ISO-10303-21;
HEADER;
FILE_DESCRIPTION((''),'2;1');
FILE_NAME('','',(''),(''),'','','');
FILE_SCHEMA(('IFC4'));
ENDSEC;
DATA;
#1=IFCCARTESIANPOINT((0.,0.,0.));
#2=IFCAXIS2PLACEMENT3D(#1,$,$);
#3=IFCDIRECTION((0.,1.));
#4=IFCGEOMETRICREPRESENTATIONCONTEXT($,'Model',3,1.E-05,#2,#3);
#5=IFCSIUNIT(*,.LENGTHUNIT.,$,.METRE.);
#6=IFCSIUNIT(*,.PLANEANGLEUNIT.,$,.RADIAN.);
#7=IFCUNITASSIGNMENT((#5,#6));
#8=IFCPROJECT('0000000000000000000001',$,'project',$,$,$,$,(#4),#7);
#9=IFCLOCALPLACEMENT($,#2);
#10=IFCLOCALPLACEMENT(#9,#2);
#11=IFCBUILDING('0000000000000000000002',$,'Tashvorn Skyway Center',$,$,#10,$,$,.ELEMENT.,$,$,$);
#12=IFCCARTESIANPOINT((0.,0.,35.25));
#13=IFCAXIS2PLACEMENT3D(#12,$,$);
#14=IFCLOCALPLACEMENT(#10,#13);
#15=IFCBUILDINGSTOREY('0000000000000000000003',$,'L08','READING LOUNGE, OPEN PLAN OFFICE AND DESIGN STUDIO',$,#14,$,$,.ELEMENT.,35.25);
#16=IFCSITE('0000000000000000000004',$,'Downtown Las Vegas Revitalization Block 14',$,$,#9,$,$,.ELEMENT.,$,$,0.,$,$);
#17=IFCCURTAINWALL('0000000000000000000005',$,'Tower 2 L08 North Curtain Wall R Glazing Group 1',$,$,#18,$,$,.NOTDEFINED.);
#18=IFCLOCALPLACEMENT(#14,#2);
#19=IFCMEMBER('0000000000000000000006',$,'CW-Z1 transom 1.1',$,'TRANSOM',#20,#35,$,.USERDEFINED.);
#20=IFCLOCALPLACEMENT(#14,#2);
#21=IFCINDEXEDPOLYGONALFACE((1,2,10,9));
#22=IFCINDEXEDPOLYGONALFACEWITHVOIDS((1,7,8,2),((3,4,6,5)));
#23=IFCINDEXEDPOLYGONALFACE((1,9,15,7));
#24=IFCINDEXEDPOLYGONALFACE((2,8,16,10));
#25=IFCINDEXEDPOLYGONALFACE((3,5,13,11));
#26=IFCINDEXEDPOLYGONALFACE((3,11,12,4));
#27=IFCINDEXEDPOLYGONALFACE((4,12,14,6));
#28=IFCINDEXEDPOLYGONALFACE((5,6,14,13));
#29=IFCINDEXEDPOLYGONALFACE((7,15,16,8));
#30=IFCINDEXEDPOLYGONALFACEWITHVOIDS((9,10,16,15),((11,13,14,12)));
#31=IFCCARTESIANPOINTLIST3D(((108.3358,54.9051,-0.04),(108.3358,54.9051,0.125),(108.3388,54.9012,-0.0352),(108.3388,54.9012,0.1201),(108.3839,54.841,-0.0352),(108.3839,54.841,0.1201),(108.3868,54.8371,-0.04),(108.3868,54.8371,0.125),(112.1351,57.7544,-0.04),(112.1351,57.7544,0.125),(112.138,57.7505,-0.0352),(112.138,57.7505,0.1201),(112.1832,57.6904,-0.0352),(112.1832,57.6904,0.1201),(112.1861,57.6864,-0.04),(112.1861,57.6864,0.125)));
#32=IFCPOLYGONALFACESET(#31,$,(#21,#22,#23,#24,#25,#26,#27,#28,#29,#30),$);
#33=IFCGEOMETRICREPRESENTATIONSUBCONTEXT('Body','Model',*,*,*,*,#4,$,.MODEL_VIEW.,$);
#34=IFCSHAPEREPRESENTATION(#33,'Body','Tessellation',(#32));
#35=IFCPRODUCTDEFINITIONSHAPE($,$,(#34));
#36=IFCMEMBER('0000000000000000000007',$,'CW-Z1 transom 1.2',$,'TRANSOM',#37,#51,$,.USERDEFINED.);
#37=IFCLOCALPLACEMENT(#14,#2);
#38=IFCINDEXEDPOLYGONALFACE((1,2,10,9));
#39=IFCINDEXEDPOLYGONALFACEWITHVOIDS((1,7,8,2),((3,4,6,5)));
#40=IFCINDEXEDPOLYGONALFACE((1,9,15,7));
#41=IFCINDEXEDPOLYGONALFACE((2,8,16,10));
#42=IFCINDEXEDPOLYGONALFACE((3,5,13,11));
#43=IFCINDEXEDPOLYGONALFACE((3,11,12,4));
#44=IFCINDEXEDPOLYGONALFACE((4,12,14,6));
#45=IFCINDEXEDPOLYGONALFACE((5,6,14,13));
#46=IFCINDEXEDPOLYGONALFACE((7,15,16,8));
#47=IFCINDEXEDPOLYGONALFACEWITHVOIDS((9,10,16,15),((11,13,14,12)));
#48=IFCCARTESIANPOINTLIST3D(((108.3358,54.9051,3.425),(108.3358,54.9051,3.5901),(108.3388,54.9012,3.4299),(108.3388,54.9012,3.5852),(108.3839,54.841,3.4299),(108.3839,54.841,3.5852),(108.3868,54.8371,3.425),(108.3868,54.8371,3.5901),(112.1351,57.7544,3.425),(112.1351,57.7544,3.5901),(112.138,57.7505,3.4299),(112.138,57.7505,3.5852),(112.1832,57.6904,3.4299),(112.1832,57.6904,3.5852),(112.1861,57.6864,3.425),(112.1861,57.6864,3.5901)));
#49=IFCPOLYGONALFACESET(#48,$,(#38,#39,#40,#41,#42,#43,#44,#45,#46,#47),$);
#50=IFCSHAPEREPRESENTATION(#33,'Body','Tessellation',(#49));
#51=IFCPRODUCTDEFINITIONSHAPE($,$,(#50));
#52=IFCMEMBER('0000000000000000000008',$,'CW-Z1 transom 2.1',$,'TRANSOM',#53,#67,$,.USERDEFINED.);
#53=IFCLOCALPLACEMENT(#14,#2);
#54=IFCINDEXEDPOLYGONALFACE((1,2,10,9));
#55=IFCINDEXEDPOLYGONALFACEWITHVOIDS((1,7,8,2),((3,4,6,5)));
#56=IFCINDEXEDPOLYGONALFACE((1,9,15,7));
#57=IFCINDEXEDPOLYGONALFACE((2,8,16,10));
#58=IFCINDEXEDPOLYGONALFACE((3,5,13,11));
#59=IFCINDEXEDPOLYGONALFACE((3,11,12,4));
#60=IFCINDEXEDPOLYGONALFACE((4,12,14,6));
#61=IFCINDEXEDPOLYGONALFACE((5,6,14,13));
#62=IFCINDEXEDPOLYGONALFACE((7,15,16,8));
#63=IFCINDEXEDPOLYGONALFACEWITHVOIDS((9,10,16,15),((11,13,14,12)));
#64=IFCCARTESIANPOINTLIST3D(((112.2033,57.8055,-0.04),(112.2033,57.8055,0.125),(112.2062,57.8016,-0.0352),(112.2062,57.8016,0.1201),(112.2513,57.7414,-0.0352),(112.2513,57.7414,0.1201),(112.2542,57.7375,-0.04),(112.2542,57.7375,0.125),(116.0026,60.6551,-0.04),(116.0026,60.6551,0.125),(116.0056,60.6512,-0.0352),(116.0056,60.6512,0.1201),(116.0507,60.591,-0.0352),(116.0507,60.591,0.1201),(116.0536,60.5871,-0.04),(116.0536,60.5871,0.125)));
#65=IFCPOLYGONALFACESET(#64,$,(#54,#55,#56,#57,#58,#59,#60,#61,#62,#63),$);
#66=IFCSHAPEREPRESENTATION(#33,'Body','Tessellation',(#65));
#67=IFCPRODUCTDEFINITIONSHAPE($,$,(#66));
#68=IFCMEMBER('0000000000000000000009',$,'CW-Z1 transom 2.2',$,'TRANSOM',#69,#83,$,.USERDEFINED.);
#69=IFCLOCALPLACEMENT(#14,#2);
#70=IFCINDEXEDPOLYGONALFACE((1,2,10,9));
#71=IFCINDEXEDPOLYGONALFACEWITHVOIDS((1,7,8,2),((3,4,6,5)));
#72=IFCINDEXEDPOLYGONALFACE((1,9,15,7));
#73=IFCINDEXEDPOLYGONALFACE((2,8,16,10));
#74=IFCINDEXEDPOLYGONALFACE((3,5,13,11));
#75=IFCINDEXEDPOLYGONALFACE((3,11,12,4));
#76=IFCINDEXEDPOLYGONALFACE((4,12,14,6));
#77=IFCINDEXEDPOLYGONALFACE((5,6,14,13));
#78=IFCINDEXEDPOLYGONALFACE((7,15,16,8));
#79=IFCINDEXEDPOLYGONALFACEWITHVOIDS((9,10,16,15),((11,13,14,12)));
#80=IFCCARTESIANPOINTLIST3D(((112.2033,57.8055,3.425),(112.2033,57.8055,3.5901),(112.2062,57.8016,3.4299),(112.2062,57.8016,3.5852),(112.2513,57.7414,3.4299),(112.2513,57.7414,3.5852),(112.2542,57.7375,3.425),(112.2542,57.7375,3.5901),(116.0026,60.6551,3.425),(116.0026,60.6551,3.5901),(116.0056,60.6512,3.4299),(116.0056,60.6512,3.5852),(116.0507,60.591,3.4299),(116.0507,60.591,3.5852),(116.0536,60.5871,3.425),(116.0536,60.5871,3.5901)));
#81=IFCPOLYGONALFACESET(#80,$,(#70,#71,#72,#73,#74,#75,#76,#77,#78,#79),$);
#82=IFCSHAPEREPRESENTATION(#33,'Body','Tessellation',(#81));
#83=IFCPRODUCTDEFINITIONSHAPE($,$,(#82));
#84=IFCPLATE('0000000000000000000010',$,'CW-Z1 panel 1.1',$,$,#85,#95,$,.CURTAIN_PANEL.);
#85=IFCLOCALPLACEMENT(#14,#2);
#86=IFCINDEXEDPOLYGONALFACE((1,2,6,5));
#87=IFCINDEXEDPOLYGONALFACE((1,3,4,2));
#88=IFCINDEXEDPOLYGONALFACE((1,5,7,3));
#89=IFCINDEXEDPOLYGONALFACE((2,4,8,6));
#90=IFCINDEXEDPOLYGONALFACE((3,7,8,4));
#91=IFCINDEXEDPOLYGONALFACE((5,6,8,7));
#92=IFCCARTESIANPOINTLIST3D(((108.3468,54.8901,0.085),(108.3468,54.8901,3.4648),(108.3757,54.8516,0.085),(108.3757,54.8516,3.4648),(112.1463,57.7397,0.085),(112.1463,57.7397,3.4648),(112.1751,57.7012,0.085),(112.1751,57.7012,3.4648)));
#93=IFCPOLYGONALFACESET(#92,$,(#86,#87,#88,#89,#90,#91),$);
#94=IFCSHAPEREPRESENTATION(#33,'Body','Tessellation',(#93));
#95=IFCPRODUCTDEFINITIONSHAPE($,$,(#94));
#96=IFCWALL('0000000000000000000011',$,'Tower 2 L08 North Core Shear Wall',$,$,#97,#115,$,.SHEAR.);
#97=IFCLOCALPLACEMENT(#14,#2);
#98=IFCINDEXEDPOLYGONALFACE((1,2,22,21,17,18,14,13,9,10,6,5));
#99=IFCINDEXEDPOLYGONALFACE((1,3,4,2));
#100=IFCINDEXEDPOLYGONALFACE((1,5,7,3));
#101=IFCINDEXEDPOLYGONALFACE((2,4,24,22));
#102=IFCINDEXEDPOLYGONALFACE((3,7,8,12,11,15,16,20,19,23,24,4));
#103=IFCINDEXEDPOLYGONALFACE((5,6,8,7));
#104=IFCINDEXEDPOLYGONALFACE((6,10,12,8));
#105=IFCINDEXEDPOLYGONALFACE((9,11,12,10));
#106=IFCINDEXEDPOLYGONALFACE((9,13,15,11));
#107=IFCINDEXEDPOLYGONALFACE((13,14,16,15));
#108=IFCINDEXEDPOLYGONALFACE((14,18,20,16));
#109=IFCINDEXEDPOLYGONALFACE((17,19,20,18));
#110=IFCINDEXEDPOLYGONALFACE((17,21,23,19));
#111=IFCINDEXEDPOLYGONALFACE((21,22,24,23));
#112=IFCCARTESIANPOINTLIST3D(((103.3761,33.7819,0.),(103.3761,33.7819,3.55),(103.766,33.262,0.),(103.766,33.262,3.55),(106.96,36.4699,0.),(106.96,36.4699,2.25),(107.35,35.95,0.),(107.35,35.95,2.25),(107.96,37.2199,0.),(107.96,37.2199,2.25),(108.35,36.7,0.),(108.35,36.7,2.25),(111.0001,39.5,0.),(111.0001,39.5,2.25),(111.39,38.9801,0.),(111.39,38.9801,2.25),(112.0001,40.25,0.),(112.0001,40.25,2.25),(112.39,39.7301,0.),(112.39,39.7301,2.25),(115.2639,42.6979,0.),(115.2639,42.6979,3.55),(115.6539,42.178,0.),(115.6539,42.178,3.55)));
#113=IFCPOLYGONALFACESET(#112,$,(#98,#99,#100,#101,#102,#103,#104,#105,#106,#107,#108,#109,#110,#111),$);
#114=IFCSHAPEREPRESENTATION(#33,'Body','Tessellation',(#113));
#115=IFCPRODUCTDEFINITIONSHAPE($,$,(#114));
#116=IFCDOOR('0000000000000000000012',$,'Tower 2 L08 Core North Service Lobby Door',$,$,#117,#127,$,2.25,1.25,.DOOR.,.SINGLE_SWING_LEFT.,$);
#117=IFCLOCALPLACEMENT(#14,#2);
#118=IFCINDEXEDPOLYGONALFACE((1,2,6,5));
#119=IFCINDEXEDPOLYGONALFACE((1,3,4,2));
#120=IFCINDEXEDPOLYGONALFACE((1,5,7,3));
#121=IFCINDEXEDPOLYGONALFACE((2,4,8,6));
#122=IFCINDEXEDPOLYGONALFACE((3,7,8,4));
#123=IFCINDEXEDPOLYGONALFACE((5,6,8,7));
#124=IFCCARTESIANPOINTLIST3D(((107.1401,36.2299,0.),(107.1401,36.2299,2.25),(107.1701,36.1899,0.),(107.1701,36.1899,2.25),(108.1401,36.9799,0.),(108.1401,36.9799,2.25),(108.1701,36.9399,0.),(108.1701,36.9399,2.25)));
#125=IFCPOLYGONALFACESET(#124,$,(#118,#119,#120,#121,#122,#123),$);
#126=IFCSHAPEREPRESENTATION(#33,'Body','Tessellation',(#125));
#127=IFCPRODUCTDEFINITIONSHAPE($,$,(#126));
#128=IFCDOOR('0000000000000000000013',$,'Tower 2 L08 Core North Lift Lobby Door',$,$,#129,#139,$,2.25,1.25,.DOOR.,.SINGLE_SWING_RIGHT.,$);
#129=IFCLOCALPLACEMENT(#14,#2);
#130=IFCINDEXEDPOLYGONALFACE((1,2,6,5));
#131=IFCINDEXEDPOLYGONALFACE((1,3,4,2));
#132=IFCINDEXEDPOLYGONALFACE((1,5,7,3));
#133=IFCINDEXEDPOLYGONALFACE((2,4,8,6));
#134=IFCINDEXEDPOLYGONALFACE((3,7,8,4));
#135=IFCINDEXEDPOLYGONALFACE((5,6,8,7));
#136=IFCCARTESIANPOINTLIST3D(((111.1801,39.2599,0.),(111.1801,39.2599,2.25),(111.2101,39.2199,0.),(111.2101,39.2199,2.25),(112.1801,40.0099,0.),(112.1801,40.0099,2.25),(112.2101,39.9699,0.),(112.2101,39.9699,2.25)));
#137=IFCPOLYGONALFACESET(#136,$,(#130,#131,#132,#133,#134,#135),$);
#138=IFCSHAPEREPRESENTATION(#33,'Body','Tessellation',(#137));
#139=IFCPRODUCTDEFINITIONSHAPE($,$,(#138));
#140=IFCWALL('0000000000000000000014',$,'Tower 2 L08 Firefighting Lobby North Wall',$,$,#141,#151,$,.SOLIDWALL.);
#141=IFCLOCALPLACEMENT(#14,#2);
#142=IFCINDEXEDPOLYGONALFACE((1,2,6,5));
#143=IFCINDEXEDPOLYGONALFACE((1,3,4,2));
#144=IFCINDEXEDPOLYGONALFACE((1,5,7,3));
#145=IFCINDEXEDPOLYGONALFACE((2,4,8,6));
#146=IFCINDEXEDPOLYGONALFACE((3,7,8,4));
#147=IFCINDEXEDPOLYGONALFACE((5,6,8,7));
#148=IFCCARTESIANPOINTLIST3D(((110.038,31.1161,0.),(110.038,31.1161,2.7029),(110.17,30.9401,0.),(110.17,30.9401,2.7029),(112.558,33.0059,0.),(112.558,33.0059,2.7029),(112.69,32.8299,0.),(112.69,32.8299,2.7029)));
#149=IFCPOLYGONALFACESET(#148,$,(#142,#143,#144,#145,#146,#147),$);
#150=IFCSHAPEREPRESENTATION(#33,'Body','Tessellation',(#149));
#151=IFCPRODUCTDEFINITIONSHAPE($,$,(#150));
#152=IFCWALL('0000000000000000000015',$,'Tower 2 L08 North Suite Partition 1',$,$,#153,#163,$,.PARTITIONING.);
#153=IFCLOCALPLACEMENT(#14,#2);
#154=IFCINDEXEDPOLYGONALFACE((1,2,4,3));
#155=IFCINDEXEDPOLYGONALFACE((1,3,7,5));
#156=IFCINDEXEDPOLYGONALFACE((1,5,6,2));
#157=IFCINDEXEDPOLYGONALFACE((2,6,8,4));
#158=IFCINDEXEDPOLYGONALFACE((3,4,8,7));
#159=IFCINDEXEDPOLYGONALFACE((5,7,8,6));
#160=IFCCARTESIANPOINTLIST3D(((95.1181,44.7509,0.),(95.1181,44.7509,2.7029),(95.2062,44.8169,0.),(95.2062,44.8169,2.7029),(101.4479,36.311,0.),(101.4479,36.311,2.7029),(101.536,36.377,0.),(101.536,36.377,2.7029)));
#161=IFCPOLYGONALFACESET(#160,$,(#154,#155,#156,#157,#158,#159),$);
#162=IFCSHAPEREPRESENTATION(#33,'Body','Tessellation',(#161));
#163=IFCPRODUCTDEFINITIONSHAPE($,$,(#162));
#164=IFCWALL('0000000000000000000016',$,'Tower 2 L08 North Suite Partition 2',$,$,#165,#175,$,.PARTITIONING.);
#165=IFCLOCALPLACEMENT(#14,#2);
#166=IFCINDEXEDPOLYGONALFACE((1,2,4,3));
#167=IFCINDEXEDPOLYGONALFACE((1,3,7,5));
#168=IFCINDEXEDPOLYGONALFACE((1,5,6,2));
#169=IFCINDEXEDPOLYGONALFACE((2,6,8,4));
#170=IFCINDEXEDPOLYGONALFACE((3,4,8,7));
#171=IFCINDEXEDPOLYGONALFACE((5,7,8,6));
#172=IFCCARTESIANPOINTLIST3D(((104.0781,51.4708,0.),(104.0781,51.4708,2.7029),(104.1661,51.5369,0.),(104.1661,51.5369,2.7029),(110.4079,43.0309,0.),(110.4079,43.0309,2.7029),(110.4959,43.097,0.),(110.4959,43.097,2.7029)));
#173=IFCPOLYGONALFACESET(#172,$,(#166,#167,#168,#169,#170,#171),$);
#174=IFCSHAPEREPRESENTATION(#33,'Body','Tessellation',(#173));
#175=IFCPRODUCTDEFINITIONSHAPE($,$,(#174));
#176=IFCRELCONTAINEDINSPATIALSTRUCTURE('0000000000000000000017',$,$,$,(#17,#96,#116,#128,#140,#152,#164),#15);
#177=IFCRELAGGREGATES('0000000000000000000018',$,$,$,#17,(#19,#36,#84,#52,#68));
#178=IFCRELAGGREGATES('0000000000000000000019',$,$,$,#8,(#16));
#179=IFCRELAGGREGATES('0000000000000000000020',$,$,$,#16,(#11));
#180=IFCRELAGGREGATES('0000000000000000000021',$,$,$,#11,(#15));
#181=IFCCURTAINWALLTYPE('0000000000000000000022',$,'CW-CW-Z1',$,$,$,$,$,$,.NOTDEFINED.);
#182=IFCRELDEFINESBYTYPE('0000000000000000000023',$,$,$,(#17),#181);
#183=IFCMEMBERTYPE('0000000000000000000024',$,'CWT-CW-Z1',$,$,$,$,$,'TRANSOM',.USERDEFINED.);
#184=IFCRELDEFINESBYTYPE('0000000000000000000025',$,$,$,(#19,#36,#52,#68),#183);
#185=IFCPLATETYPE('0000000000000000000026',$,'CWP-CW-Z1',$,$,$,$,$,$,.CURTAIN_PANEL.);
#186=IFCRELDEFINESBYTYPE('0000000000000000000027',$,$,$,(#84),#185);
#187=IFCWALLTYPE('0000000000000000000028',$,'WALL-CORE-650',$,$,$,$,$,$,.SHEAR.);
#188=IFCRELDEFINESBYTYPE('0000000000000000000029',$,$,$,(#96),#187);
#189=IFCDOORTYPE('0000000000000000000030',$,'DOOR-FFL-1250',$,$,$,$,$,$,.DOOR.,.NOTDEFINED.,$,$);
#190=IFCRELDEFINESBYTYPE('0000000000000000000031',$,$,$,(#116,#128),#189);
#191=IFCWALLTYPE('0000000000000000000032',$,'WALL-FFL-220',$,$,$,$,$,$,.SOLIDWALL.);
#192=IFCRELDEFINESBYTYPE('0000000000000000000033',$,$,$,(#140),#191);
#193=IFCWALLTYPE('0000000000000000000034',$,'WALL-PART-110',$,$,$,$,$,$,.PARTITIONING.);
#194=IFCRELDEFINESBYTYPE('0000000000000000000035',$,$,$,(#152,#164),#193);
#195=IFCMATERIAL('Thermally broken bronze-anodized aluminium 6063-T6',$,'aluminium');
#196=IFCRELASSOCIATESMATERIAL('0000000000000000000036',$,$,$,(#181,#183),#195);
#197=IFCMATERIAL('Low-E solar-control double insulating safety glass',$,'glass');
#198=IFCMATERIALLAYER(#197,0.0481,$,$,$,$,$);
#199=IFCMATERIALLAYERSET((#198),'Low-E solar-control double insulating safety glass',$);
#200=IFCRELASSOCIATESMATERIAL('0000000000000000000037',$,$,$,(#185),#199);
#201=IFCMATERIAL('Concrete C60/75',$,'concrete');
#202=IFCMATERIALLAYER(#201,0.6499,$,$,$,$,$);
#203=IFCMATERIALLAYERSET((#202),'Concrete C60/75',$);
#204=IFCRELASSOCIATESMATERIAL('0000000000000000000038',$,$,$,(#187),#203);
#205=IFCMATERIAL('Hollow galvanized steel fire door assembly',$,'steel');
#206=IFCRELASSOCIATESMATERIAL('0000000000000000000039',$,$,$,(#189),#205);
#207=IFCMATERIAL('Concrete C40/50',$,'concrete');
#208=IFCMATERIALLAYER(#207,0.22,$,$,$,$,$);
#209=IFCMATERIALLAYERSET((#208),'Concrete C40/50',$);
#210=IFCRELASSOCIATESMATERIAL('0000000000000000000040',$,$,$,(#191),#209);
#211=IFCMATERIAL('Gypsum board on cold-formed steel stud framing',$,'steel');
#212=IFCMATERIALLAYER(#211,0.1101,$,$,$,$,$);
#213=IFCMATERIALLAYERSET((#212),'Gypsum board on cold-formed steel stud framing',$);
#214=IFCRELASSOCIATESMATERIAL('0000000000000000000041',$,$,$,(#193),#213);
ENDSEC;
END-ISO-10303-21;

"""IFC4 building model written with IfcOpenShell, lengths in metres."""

from ifc_helpers import new_model, si_unit, direction, frame, frame_2d, origin, origin_2d, place, context, subcontext, project, spatial, rectangle, hollow_rectangle, extrude, material, layer, layer_set, material_profile, profile_set, type_object, element, fill, aggregate, save


model = new_model("IFC4")

# Units and contexts
model_context = context("Model", 3, precision=1e-05, world=origin(), true_north=direction((0.0, 1.0)))
body_context = subcontext(model_context, "Body", "Model", "MODEL_VIEW")
ifc_project = project(units=[si_unit("LENGTHUNIT", "METRE"), si_unit("PLANEANGLEUNIT", "RADIAN")], contexts=[model_context])

# Site, building, storey
site_placement = place(None, origin())
site = spatial("IfcSite", under=ifc_project, at=site_placement, Name="Downtown Las Vegas Revitalization Block 14", CompositionType="ELEMENT", RefElevation=0.0)
building_placement = place(site_placement, origin())
building = spatial("IfcBuilding", under=site, at=building_placement, Name="Tashvorn Skyway Center", CompositionType="ELEMENT")
storey_placement = place(building_placement, frame((0.0, 0.0, 35.25)))
storey = spatial("IfcBuildingStorey", under=building, at=storey_placement, Name="L08", Description="READING LOUNGE, OPEN PLAN OFFICE AND DESIGN STUDIO", CompositionType="ELEMENT", Elevation=35.25)

# Curtain wall, members, plate
ifc_material_1 = material(Name="Thermally broken bronze-anodized aluminium 6063-T6", Category="aluminium")
curtain_wall_type = type_object("IfcCurtainWallType", Name="CW-CW-Z1", PredefinedType="NOTDEFINED", material=ifc_material_1)
curtain_wall_placement = place(storey_placement, origin())
curtain_wall = element("IfcCurtainWall", 1, at=curtain_wall_placement, inside=storey, type_object=curtain_wall_type, Name="Tower 2 L08 North Curtain Wall R Glazing Group 1", PredefinedType="NOTDEFINED")
ifc_material_profile_1 = material_profile(ifc_material_1, hollow_rectangle(XDim=0.085, YDim=0.165, WallThickness=0.0049, at=origin_2d()), Name="ALU-TRAN-85x165")
ifc_profile_set_1 = profile_set([ifc_material_profile_1], Name="Thermally broken bronze-anodized aluminium 6063-T6")
member_type_1 = type_object("IfcMemberType", Name="CWT-CW-Z1", ElementType="TRANSOM", PredefinedType="USERDEFINED", material=ifc_profile_set_1)
member_1_placement = place(storey_placement, frame((108.3613, 54.8711, 0.0425), z_axis=(0.800012, 0.599984, 0.0), x_axis=(-0.599984, 0.800012, 0.0)))
member_1 = element("IfcMember", 2, at=member_1_placement, type_object=member_type_1, Name="CW-Z1 transom 1.1", ObjectType="TRANSOM", PredefinedType="USERDEFINED", context=body_context, shape_type="SweptSolid", body=[
    extrude(hollow_rectangle(XDim=0.085, YDim=0.165, WallThickness=0.0049, at=origin_2d()), origin(), (0.0, 0.0, 1.0), 4.749),
])
member_2_placement = place(storey_placement, frame((108.3613, 54.8711, 3.5076), z_axis=(0.800012, 0.599984, 0.0), x_axis=(-0.599984, 0.800012, 0.0)))
member_2 = element("IfcMember", 3, at=member_2_placement, type_object=member_type_1, Name="CW-Z1 transom 1.2", ObjectType="TRANSOM", PredefinedType="USERDEFINED", context=body_context, shape_type="SweptSolid", body=[
    extrude(hollow_rectangle(XDim=0.085, YDim=0.165, WallThickness=0.0049, at=origin_2d()), origin(), (0.0, 0.0, 1.0), 4.749),
])
member_3_placement = place(storey_placement, frame((112.2288, 57.7715, 0.0425), z_axis=(0.799988, 0.600016, 0.0), x_axis=(-0.600016, 0.799988, 0.0)))
member_3 = element("IfcMember", 4, at=member_3_placement, type_object=member_type_1, Name="CW-Z1 transom 2.1", ObjectType="TRANSOM", PredefinedType="USERDEFINED", context=body_context, shape_type="SweptSolid", body=[
    extrude(hollow_rectangle(XDim=0.085, YDim=0.165, WallThickness=0.0049, at=origin_2d()), origin(), (0.0, 0.0, 1.0), 4.7493),
])
member_4_placement = place(storey_placement, frame((112.2288, 57.7715, 3.5076), z_axis=(0.799988, 0.600016, 0.0), x_axis=(-0.600016, 0.799988, 0.0)))
member_4 = element("IfcMember", 5, at=member_4_placement, type_object=member_type_1, Name="CW-Z1 transom 2.2", ObjectType="TRANSOM", PredefinedType="USERDEFINED", context=body_context, shape_type="SweptSolid", body=[
    extrude(hollow_rectangle(XDim=0.085, YDim=0.165, WallThickness=0.0049, at=origin_2d()), origin(), (0.0, 0.0, 1.0), 4.7493),
])
ifc_material_2 = material(Name="Low-E solar-control double insulating safety glass", Category="glass")
ifc_layer_1 = layer(ifc_material_2, 0.0481)
ifc_layer_set_1 = layer_set([ifc_layer_1], Name="Low-E solar-control double insulating safety glass")
plate_type = type_object("IfcPlateType", Name="CWP-CW-Z1", PredefinedType="CURTAIN_PANEL", material=ifc_layer_set_1)
plate_placement = place(storey_placement, frame((110.261, 56.2957, 0.085), z_axis=(0.0, 0.0, 1.0), x_axis=(0.800001, 0.599998, 0.0)))
plate = element("IfcPlate", 6, at=plate_placement, type_object=plate_type, Name="CW-Z1 panel 1.1", PredefinedType="CURTAIN_PANEL", context=body_context, shape_type="SweptSolid", body=[
    extrude(rectangle(XDim=4.7493, YDim=0.0481, at=origin_2d()), origin(), (0.0, 0.0, 1.0), 3.3799),
])
aggregate(curtain_wall, [member_1, member_2, plate, member_3, member_4])

# Wall, openings, doors
ifc_material_3 = material(Name="Concrete C60/75", Category="concrete")
ifc_layer_2 = layer(ifc_material_3, 0.6499)
ifc_layer_set_2 = layer_set([ifc_layer_2], Name="Concrete C60/75")
wall_type_1 = type_object("IfcWallType", Name="WALL-CORE-650", PredefinedType="SHEAR", material=ifc_layer_set_2)
wall_1_placement = place(storey_placement, frame((103.571, 33.522, 0.0), z_axis=(0.0, 0.0, 1.0), x_axis=(0.799998, 0.600003, 0.0)))
wall_1 = element("IfcWall", 7, at=wall_1_placement, inside=storey, type_object=wall_type_1, Name="Tower 2 L08 North Core Shear Wall", PredefinedType="SHEAR", context=body_context, shape_type="SweptSolid", body=[
    extrude(rectangle(XDim=14.8599, YDim=0.6499, at=frame_2d((7.4299, 0.0))), origin(), (0.0, 0.0, 1.0), 3.55),
])
opening_1_placement = place(wall_1_placement, frame((4.48, 0.0, 0.0)))
opening_1 = element("IfcOpeningElement", 8, at=opening_1_placement, cuts=wall_1, PredefinedType="OPENING", context=body_context, shape_type="SweptSolid", body=[
    extrude(rectangle(XDim=1.25, YDim=2.25, at=frame_2d((0.625, 1.125))), frame((0.0, 0.335, 0.0), z_axis=(0.0, -1.0, 0.0), x_axis=(1.0, 0.0, 0.0)), (0.0, 0.0, 1.0), 0.6699),
])
opening_2_placement = place(wall_1_placement, frame((9.53, 0.0, 0.0)))
opening_2 = element("IfcOpeningElement", 9, at=opening_2_placement, cuts=wall_1, PredefinedType="OPENING", context=body_context, shape_type="SweptSolid", body=[
    extrude(rectangle(XDim=1.25, YDim=2.25, at=frame_2d((0.625, 1.125))), frame((0.0, 0.335, 0.0), z_axis=(0.0, -1.0, 0.0), x_axis=(1.0, 0.0, 0.0)), (0.0, 0.0, 1.0), 0.6699),
])
ifc_material_4 = material(Name="Hollow galvanized steel fire door assembly", Category="steel")
door_type_1 = type_object("IfcDoorType", Name="DOOR-FFL-1250", OperationType="NOTDEFINED", PredefinedType="DOOR", material=ifc_material_4)
door_1_placement = place(opening_1_placement, origin())
door_1 = element("IfcDoor", 10, at=door_1_placement, inside=storey, type_object=door_type_1, Name="Tower 2 L08 Core North Service Lobby Door", OperationType="SINGLE_SWING_LEFT", OverallHeight=2.25, OverallWidth=1.25, PredefinedType="DOOR", context=body_context, shape_type="SweptSolid", body=[
    extrude(rectangle(XDim=1.25, YDim=2.25, at=frame_2d((0.625, 1.125))), frame((0.0, 0.0249, 0.0), z_axis=(0.0, -1.0, 0.0), x_axis=(1.0, 0.0, 0.0)), (0.0, 0.0, 1.0), 0.05),
])
fill(opening_1, door_1)
door_2_placement = place(opening_2_placement, origin())
door_2 = element("IfcDoor", 11, at=door_2_placement, inside=storey, type_object=door_type_1, Name="Tower 2 L08 Core North Lift Lobby Door", OperationType="SINGLE_SWING_RIGHT", OverallHeight=2.25, OverallWidth=1.25, PredefinedType="DOOR", context=body_context, shape_type="SweptSolid", body=[
    extrude(rectangle(XDim=1.25, YDim=2.25, at=frame_2d((0.625, 1.125))), frame((0.0, 0.0249, 0.0), z_axis=(0.0, -1.0, 0.0), x_axis=(1.0, 0.0, 0.0)), (0.0, 0.0, 1.0), 0.05),
])
fill(opening_2, door_2)

# Walls
ifc_material_5 = material(Name="Concrete C40/50", Category="concrete")
ifc_layer_3 = layer(ifc_material_5, 0.22)
ifc_layer_set_3 = layer_set([ifc_layer_3], Name="Concrete C40/50")
wall_type_2 = type_object("IfcWallType", Name="WALL-FFL-220", PredefinedType="SOLIDWALL", material=ifc_layer_set_3)
wall_2_placement = place(storey_placement, frame((110.104, 31.0281, 0.0), z_axis=(0.0, 0.0, 1.0), x_axis=(0.800019, 0.599975, 0.0)))
element("IfcWall", 12, at=wall_2_placement, inside=storey, type_object=wall_type_2, Name="Tower 2 L08 Firefighting Lobby North Wall", PredefinedType="SOLIDWALL", context=body_context, shape_type="SweptSolid", body=[
    extrude(rectangle(XDim=3.1499, YDim=0.22, at=frame_2d((1.575, 0.0))), origin(), (0.0, 0.0, 1.0), 2.7029),
])
ifc_material_6 = material(Name="Gypsum board on cold-formed steel stud framing", Category="steel")
ifc_layer_4 = layer(ifc_material_6, 0.1101)
ifc_layer_set_4 = layer_set([ifc_layer_4], Name="Gypsum board on cold-formed steel stud framing")
wall_type_3 = type_object("IfcWallType", Name="WALL-PART-110", PredefinedType="PARTITIONING", material=ifc_layer_set_4)
for number, where, z_axis, x_axis, name in (
    (13, (101.4919, 36.344, 0.0), (0.0, 0.0, 1.0), (-0.599993, 0.800006, 0.0), "Tower 2 L08 North Suite Partition 1"),
    (14, (110.4519, 43.064, 0.0), (0.0, 0.0, 1.0), (-0.599993, 0.800006, 0.0), "Tower 2 L08 North Suite Partition 2"),
):
    element("IfcWall", number, at=place(storey_placement, frame(where, z_axis=z_axis, x_axis=x_axis)), inside=storey, type_object=wall_type_3, Name=name, PredefinedType="PARTITIONING", context=body_context, shape_type="SweptSolid", body=[
        extrude(rectangle(XDim=10.5498, YDim=0.1101, at=frame_2d((5.2749, 0.0))), origin(), (0.0, 0.0, 1.0), 2.7029),
    ])

save(model, "model.ifc")
